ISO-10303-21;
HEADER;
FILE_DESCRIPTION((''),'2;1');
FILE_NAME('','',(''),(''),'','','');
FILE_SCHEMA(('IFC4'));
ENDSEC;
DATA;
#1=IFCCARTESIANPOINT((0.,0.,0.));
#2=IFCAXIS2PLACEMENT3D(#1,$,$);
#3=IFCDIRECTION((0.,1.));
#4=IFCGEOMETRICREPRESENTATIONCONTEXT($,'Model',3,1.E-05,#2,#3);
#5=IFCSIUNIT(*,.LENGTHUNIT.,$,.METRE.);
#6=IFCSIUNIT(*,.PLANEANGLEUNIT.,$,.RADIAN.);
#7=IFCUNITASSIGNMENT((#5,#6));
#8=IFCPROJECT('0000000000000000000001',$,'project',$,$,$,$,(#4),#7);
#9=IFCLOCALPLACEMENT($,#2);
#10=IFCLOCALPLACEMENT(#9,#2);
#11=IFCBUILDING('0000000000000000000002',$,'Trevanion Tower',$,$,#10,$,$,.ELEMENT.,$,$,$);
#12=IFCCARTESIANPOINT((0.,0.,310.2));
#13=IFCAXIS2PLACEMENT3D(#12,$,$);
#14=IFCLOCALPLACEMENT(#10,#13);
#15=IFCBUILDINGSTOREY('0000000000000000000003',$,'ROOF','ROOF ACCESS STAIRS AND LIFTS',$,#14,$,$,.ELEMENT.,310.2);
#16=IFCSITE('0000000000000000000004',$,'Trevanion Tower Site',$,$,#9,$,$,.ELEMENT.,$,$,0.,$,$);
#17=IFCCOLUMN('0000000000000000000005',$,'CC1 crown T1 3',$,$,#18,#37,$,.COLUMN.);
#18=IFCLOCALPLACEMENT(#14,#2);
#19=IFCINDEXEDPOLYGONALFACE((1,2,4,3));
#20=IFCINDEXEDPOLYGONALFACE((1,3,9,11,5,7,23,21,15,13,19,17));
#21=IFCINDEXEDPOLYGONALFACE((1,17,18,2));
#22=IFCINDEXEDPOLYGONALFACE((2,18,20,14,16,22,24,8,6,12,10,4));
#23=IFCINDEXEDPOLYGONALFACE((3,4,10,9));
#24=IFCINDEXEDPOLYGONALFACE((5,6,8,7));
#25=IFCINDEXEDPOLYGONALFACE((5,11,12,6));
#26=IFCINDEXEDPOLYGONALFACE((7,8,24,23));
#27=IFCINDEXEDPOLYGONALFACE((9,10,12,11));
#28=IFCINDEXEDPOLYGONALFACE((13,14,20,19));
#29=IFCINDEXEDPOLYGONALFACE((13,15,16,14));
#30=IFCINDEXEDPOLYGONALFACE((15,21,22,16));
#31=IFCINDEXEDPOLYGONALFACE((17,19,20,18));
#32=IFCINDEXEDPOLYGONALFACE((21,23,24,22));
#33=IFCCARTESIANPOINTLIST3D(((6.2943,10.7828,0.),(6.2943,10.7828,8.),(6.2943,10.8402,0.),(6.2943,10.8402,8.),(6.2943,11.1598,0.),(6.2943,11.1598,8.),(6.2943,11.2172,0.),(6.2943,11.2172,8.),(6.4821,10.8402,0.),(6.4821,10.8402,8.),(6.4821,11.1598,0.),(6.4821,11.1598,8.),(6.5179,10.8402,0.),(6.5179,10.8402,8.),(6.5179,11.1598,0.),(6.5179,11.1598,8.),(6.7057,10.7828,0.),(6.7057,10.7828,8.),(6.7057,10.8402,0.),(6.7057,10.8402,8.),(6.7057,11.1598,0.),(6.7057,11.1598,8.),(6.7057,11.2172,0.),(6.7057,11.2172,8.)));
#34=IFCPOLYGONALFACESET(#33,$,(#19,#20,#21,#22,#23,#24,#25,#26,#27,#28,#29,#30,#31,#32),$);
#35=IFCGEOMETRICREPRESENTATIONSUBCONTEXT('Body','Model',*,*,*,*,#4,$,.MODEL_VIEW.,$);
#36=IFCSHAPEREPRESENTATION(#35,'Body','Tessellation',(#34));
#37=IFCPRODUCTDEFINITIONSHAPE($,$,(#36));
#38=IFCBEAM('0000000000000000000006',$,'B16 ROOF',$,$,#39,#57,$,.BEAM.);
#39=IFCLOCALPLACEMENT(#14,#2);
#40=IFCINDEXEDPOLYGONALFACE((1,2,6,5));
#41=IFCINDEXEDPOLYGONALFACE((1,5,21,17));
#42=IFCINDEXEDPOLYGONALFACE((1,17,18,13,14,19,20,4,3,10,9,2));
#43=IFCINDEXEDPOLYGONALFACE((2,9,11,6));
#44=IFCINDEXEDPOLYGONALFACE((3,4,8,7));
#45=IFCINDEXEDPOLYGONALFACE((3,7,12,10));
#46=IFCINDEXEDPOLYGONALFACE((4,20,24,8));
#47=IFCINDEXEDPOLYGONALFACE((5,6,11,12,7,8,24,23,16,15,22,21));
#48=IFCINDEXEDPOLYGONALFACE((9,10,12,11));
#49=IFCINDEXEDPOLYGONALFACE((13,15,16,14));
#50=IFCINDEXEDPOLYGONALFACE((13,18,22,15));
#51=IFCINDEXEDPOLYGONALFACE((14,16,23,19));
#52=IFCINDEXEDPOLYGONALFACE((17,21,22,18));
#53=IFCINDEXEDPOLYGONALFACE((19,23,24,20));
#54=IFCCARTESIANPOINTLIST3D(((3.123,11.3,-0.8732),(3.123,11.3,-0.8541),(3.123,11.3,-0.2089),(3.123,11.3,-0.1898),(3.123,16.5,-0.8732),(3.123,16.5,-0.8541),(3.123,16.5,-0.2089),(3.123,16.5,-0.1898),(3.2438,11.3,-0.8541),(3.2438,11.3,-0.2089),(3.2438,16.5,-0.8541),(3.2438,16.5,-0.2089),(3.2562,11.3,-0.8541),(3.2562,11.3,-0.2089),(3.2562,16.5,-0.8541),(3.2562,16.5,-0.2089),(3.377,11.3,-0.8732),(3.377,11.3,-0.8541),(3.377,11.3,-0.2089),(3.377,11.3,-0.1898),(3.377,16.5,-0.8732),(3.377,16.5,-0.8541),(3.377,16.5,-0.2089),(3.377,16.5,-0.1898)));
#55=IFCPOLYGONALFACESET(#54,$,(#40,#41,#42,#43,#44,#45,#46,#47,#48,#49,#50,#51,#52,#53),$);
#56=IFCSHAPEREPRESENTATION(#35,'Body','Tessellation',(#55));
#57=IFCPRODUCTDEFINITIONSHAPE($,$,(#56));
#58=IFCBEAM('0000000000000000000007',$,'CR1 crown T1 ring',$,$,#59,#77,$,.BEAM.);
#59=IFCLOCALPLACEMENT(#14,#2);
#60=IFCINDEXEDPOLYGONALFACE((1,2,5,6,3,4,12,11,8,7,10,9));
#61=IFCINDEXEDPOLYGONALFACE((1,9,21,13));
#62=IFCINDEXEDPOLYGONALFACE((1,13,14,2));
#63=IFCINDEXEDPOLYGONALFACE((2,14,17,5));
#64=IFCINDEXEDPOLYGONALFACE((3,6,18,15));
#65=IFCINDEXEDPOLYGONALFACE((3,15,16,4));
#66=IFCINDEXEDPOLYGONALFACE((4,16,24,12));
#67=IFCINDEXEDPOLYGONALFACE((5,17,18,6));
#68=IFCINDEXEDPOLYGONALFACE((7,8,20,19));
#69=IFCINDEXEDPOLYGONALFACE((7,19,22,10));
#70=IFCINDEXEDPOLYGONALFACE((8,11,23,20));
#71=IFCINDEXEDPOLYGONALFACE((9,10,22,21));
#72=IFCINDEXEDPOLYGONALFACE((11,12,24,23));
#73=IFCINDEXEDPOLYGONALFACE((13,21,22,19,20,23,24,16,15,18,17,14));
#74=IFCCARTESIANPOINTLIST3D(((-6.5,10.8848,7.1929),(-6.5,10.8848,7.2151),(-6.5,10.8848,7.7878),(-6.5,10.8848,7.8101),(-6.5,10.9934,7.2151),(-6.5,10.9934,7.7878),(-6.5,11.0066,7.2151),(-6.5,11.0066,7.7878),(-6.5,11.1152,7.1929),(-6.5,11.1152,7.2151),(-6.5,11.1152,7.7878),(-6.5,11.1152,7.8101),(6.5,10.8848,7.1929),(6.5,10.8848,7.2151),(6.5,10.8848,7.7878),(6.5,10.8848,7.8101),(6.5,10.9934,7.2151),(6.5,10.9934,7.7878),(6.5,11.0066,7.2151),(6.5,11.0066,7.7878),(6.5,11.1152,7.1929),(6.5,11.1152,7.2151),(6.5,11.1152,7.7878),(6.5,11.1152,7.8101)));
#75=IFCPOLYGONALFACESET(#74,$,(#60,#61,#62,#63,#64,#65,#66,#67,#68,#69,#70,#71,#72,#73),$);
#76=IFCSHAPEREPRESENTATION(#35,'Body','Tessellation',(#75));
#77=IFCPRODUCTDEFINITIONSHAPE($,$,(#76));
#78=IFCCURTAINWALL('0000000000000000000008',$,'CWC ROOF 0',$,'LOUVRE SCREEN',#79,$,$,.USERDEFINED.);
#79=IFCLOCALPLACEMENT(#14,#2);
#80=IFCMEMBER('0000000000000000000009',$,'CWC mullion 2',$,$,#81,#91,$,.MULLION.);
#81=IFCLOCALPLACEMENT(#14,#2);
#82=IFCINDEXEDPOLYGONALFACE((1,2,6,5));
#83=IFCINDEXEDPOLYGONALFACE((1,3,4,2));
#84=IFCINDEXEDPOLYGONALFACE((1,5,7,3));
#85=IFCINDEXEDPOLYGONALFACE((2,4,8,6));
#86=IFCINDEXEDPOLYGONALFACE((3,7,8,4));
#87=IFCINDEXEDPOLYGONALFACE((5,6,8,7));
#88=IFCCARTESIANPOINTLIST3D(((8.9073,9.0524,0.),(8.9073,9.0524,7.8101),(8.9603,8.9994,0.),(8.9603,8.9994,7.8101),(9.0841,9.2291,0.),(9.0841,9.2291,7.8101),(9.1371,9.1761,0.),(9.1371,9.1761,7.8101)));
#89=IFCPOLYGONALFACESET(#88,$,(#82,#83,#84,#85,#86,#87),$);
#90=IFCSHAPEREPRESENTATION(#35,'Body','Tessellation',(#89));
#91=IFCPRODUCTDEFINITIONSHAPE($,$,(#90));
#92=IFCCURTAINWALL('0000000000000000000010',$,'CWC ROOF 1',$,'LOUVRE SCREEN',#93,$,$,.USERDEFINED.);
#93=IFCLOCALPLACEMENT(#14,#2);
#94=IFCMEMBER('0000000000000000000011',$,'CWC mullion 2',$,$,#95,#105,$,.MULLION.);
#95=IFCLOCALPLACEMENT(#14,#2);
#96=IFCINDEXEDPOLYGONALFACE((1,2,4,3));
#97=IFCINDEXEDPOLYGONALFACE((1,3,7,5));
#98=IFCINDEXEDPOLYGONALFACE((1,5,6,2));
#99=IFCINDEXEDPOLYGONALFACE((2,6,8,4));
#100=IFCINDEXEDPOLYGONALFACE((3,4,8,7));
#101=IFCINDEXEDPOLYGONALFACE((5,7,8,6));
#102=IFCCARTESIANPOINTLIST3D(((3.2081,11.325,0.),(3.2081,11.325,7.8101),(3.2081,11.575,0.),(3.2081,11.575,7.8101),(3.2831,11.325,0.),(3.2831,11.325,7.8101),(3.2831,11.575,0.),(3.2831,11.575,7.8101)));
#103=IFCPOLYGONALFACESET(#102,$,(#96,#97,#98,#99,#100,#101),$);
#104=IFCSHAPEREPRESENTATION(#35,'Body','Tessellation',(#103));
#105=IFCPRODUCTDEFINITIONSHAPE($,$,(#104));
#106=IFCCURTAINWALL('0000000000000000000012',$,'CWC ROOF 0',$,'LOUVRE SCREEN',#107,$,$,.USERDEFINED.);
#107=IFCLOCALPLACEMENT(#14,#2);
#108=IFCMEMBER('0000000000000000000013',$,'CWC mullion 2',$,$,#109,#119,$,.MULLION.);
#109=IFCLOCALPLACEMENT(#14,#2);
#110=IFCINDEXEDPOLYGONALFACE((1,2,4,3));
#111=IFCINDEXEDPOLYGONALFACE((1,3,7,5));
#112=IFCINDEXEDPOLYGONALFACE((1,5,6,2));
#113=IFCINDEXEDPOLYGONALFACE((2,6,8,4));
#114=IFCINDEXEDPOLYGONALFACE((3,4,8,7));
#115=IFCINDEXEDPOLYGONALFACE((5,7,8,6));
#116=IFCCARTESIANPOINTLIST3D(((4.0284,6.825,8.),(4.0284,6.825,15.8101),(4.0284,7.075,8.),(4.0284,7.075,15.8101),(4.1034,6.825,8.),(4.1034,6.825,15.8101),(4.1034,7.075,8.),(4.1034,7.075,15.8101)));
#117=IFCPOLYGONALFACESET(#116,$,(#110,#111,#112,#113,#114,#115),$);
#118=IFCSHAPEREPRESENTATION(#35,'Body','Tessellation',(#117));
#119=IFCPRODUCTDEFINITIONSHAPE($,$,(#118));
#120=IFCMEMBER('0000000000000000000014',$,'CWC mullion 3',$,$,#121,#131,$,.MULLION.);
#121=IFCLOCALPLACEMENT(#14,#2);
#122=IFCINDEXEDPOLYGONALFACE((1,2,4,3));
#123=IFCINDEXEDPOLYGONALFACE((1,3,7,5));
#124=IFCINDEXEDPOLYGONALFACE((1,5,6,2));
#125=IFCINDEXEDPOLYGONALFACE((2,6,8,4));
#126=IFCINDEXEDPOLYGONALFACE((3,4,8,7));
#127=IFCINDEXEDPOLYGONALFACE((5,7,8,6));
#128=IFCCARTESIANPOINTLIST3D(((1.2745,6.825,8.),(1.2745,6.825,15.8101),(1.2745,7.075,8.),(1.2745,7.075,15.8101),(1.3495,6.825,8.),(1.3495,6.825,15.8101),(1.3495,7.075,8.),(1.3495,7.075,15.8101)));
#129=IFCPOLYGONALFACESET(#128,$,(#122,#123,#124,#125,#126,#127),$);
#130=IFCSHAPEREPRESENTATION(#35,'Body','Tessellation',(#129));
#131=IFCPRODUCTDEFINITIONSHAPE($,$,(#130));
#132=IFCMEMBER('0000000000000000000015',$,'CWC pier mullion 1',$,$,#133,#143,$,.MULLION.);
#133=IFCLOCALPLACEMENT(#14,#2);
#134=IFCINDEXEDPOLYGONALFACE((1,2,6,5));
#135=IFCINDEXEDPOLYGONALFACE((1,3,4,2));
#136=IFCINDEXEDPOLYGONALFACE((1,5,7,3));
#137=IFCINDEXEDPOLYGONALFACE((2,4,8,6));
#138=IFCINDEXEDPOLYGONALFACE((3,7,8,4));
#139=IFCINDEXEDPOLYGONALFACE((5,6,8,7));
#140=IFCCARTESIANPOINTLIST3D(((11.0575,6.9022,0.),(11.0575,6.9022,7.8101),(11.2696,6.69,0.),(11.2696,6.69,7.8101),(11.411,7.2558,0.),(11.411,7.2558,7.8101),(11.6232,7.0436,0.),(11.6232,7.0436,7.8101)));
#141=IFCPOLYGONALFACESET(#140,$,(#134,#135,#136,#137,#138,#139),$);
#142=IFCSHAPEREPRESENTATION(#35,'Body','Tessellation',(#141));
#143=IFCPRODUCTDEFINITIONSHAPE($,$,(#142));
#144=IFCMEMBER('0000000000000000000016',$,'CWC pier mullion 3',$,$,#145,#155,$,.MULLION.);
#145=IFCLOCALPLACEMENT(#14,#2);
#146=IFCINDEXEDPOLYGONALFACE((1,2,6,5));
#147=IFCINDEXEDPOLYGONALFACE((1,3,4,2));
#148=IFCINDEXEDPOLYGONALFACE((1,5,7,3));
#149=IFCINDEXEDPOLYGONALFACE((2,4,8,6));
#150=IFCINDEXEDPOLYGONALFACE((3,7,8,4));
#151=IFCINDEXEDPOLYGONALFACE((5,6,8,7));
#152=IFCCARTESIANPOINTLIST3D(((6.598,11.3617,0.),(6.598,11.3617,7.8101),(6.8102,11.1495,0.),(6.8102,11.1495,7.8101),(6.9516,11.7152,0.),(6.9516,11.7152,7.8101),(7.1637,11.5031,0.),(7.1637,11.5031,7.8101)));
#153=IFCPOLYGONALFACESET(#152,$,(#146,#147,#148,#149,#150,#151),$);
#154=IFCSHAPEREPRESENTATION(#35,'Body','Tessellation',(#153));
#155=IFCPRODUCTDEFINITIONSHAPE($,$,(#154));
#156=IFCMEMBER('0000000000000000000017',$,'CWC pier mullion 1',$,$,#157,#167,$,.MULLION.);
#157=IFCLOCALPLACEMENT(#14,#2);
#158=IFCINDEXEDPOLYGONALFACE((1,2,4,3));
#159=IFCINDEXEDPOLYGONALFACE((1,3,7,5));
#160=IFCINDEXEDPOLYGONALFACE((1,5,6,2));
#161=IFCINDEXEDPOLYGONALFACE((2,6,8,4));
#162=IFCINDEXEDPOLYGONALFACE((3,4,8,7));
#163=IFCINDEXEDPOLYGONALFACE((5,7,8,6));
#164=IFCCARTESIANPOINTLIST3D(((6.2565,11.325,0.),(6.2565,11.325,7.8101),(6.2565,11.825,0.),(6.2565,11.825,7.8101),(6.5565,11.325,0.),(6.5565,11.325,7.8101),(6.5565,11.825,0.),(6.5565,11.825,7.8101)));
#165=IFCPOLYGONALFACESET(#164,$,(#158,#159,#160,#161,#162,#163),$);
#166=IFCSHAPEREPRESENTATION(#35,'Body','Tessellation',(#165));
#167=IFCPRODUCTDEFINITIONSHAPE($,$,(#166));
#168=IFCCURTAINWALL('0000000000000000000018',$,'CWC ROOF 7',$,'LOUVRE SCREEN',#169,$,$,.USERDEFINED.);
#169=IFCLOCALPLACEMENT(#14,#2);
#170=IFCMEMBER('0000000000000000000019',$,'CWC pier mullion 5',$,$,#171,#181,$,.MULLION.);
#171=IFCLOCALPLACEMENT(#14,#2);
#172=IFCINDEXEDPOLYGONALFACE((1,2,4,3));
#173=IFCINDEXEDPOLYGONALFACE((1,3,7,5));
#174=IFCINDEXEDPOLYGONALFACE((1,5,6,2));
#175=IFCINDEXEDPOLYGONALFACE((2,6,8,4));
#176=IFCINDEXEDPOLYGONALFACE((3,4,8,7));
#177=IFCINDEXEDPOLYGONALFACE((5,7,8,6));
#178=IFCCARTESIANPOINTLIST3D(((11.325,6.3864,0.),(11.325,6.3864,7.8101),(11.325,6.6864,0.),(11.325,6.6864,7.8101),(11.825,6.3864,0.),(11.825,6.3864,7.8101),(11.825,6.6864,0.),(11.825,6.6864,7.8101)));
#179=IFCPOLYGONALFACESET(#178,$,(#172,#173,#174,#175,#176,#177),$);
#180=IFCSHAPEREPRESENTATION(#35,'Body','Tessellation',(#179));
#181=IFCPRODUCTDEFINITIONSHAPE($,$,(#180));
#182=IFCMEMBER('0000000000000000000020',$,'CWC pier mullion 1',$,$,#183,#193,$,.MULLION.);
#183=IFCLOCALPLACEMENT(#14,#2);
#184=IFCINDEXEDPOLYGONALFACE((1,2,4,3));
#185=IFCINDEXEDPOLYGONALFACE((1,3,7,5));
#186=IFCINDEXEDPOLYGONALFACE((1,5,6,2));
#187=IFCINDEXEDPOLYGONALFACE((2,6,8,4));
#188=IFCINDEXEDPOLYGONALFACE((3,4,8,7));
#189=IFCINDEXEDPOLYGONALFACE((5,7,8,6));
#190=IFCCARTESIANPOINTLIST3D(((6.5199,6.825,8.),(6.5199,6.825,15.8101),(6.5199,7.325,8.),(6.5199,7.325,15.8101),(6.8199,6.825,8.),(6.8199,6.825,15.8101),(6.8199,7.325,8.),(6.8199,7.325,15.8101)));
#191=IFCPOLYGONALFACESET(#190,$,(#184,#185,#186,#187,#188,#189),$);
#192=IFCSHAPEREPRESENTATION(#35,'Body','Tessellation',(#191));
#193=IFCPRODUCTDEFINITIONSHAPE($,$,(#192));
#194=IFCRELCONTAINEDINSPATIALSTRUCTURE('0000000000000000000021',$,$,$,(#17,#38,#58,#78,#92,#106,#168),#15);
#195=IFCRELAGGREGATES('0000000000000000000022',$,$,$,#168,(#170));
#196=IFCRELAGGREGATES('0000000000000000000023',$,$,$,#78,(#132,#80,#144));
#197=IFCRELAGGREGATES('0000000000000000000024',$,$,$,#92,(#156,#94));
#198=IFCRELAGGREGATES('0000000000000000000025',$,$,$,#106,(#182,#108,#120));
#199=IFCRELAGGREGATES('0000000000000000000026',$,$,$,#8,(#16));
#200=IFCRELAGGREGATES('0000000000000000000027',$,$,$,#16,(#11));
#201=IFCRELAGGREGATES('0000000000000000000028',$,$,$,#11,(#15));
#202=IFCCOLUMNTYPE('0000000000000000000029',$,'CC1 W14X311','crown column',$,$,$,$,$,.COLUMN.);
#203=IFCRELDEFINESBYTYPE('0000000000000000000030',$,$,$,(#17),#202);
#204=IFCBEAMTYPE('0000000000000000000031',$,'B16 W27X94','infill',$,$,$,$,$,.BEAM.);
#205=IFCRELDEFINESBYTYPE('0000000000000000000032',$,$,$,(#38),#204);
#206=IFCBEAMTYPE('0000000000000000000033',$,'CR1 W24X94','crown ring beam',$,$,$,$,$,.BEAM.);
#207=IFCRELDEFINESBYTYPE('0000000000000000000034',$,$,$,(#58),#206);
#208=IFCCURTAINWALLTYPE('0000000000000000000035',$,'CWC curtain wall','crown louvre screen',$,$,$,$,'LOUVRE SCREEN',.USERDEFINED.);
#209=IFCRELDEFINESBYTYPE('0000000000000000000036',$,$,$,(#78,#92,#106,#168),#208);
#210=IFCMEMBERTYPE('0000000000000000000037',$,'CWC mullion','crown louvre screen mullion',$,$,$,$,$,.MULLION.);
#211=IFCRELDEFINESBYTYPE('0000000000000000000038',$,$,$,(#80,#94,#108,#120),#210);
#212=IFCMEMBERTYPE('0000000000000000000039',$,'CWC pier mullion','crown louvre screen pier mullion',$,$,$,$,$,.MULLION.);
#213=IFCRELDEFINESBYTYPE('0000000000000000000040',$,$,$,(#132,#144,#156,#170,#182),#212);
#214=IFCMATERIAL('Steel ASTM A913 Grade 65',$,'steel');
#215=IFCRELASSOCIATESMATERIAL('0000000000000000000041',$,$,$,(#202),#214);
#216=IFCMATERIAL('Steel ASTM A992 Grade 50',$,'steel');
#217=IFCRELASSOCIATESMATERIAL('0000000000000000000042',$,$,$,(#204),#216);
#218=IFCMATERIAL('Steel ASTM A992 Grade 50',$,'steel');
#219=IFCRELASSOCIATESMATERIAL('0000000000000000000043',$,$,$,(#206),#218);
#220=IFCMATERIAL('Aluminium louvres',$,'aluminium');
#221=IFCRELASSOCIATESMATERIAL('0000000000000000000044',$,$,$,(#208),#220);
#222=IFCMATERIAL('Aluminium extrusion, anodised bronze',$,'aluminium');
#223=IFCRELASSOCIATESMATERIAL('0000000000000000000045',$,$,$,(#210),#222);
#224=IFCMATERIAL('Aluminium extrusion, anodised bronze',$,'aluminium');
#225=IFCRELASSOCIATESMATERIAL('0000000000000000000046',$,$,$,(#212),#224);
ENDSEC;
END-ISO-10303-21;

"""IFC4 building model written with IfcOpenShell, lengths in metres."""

from ifc_helpers import new_model, si_unit, direction, frame, origin, origin_2d, place, context, subcontext, project, spatial, rectangle, i_section, extrude, material, material_profile, profile_set, type_object, element, aggregate, save


model = new_model("IFC4")

# Units and contexts
model_context = context("Model", 3, precision=1e-05, world=origin(), true_north=direction((0.0, 1.0)))
body_context = subcontext(model_context, "Body", "Model", "MODEL_VIEW")
ifc_project = project(units=[si_unit("LENGTHUNIT", "METRE"), si_unit("PLANEANGLEUNIT", "RADIAN")], contexts=[model_context])

# Site, building, storey
site_placement = place(None, origin())
site = spatial("IfcSite", under=ifc_project, at=site_placement, Name="Trevanion Tower Site", CompositionType="ELEMENT", RefElevation=0.0)
building_placement = place(site_placement, origin())
building = spatial("IfcBuilding", under=site, at=building_placement, Name="Trevanion Tower", CompositionType="ELEMENT")
storey_placement = place(building_placement, frame((0.0, 0.0, 310.2)))
storey = spatial("IfcBuildingStorey", under=building, at=storey_placement, Name="ROOF", Description="ROOF ACCESS STAIRS AND LIFTS", CompositionType="ELEMENT", Elevation=310.2)

# Column
ifc_material_1 = material(Name="Steel ASTM A913 Grade 65", Category="steel")
ifc_material_profile_1 = material_profile(ifc_material_1, i_section(OverallWidth=0.4114, OverallDepth=0.4343, WebThickness=0.0359, FlangeThickness=0.0574, at=origin_2d()), Name="W14X311")
ifc_profile_set_1 = profile_set([ifc_material_profile_1], Name="Steel ASTM A913 Grade 65")
column_type = type_object("IfcColumnType", Name="CC1 W14X311", Description="crown column", PredefinedType="COLUMN", material=ifc_profile_set_1)
column_placement = place(storey_placement, frame((6.5, 11.0, 0.0), z_axis=(0.0, 0.0, 1.0), x_axis=(1.0, 0.0, 0.0)))
element("IfcColumn", 1, at=column_placement, inside=storey, type_object=column_type, Name="CC1 crown T1 3", PredefinedType="COLUMN", context=body_context, shape_type="SweptSolid", body=[
    extrude(i_section(OverallWidth=0.4114, OverallDepth=0.4343, WebThickness=0.0359, FlangeThickness=0.0574, at=origin_2d()), origin(), (0.0, 0.0, 1.0), 8.0),
])

# Beams
ifc_material_2 = material(Name="Steel ASTM A992 Grade 50", Category="steel")
ifc_material_profile_2 = material_profile(ifc_material_2, i_section(OverallWidth=0.2539, OverallDepth=0.6833, WebThickness=0.0125, FlangeThickness=0.019, at=origin_2d()), Name="W27X94")
ifc_profile_set_2 = profile_set([ifc_material_profile_2], Name="Steel ASTM A992 Grade 50")
beam_type_1 = type_object("IfcBeamType", Name="B16 W27X94", Description="infill", PredefinedType="BEAM", material=ifc_profile_set_2)
beam_1_placement = place(storey_placement, frame((3.25, 11.3, -0.5315), z_axis=(0.0, 1.0, 0.0), x_axis=(-1.0, 0.0, 0.0)))
element("IfcBeam", 2, at=beam_1_placement, inside=storey, type_object=beam_type_1, Name="B16 ROOF", PredefinedType="BEAM", context=body_context, shape_type="SweptSolid", body=[
    extrude(i_section(OverallWidth=0.2539, OverallDepth=0.6833, WebThickness=0.0125, FlangeThickness=0.019, at=origin_2d()), origin(), (0.0, 0.0, 1.0), 5.2),
])
ifc_material_3 = material(Name="Steel ASTM A992 Grade 50", Category="steel")
ifc_material_profile_3 = material_profile(ifc_material_3, i_section(OverallWidth=0.2305, OverallDepth=0.6172, WebThickness=0.0132, FlangeThickness=0.0222, at=origin_2d()), Name="W24X94")
ifc_profile_set_3 = profile_set([ifc_material_profile_3], Name="Steel ASTM A992 Grade 50")
beam_type_2 = type_object("IfcBeamType", Name="CR1 W24X94", Description="crown ring beam", PredefinedType="BEAM", material=ifc_profile_set_3)
beam_2_placement = place(storey_placement, frame((6.5, 11.0, 7.5015), z_axis=(-1.0, 0.0, 0.0), x_axis=(0.0, -1.0, 0.0)))
element("IfcBeam", 3, at=beam_2_placement, inside=storey, type_object=beam_type_2, Name="CR1 crown T1 ring", PredefinedType="BEAM", context=body_context, shape_type="SweptSolid", body=[
    extrude(i_section(OverallWidth=0.2305, OverallDepth=0.6172, WebThickness=0.0132, FlangeThickness=0.0222, at=origin_2d()), origin(), (0.0, 0.0, 1.0), 13.0),
])

# Curtain walls, members
ifc_material_4 = material(Name="Aluminium louvres", Category="aluminium")
curtain_wall_type = type_object("IfcCurtainWallType", Name="CWC curtain wall", Description="crown louvre screen", ElementType="LOUVRE SCREEN", PredefinedType="USERDEFINED", material=ifc_material_4)
curtain_wall_1_placement = place(storey_placement, origin())
curtain_wall_1 = element("IfcCurtainWall", 4, at=curtain_wall_1_placement, inside=storey, type_object=curtain_wall_type, Name="CWC ROOF 0", ObjectType="LOUVRE SCREEN", PredefinedType="USERDEFINED")
ifc_material_5 = material(Name="Aluminium extrusion, anodised bronze", Category="aluminium")
ifc_material_profile_4 = material_profile(ifc_material_5, rectangle(XDim=0.075, YDim=0.25, at=origin_2d()), Name="CWC mullion")
ifc_profile_set_4 = profile_set([ifc_material_profile_4], Name="Aluminium extrusion, anodised bronze")
member_type_1 = type_object("IfcMemberType", Name="CWC mullion", Description="crown louvre screen mullion", PredefinedType="MULLION", material=ifc_profile_set_4)
member_1_placement = place(storey_placement, frame((9.0222, 9.1143, 0.0), z_axis=(0.0, 0.0, 1.0), x_axis=(-0.707107, 0.707107, 0.0)))
member_1 = element("IfcMember", 5, at=member_1_placement, type_object=member_type_1, Name="CWC mullion 2", PredefinedType="MULLION", context=body_context, shape_type="SweptSolid", body=[
    extrude(rectangle(XDim=0.075, YDim=0.25, at=origin_2d()), origin(), (0.0, 0.0, 1.0), 7.8101),
])
curtain_wall_2_placement = place(storey_placement, origin())
curtain_wall_2 = element("IfcCurtainWall", 6, at=curtain_wall_2_placement, inside=storey, type_object=curtain_wall_type, Name="CWC ROOF 1", ObjectType="LOUVRE SCREEN", PredefinedType="USERDEFINED")
member_2_placement = place(storey_placement, frame((3.2456, 11.45, 0.0), z_axis=(0.0, 0.0, 1.0), x_axis=(-1.0, 0.0, 0.0)))
member_2 = element("IfcMember", 7, at=member_2_placement, type_object=member_type_1, Name="CWC mullion 2", PredefinedType="MULLION", context=body_context, shape_type="SweptSolid", body=[
    extrude(rectangle(XDim=0.075, YDim=0.25, at=origin_2d()), origin(), (0.0, 0.0, 1.0), 7.8101),
])

# Curtain wall, members
curtain_wall_3_placement = place(storey_placement, origin())
curtain_wall_3 = element("IfcCurtainWall", 8, at=curtain_wall_3_placement, inside=storey, type_object=curtain_wall_type, Name="CWC ROOF 0", ObjectType="LOUVRE SCREEN", PredefinedType="USERDEFINED")
member_3_placement = place(storey_placement, frame((4.0659, 6.95, 8.0), z_axis=(0.0, 0.0, 1.0), x_axis=(-1.0, 0.0, 0.0)))
member_3 = element("IfcMember", 9, at=member_3_placement, type_object=member_type_1, Name="CWC mullion 2", PredefinedType="MULLION", context=body_context, shape_type="SweptSolid", body=[
    extrude(rectangle(XDim=0.075, YDim=0.25, at=origin_2d()), origin(), (0.0, 0.0, 1.0), 7.8101),
])
member_4_placement = place(storey_placement, frame((1.312, 6.95, 8.0), z_axis=(0.0, 0.0, 1.0), x_axis=(-1.0, 0.0, 0.0)))
member_4 = element("IfcMember", 10, at=member_4_placement, type_object=member_type_1, Name="CWC mullion 3", PredefinedType="MULLION", context=body_context, shape_type="SweptSolid", body=[
    extrude(rectangle(XDim=0.075, YDim=0.25, at=origin_2d()), origin(), (0.0, 0.0, 1.0), 7.8101),
])

# Members
ifc_material_6 = material(Name="Aluminium extrusion, anodised bronze", Category="aluminium")
ifc_material_profile_5 = material_profile(ifc_material_6, rectangle(XDim=0.3, YDim=0.5, at=origin_2d()), Name="CWC pier mullion")
ifc_profile_set_5 = profile_set([ifc_material_profile_5], Name="Aluminium extrusion, anodised bronze")
member_type_2 = type_object("IfcMemberType", Name="CWC pier mullion", Description="crown louvre screen pier mullion", PredefinedType="MULLION", material=ifc_profile_set_5)
member_5_placement = place(storey_placement, frame((11.3403, 6.9729, 0.0), z_axis=(0.0, 0.0, 1.0), x_axis=(-0.707107, 0.707107, 0.0)))
member_5 = element("IfcMember", 11, at=member_5_placement, type_object=member_type_2, Name="CWC pier mullion 1", PredefinedType="MULLION", context=body_context, shape_type="SweptSolid", body=[
    extrude(rectangle(XDim=0.3, YDim=0.5, at=origin_2d()), origin(), (0.0, 0.0, 1.0), 7.8101),
])
member_6_placement = place(storey_placement, frame((6.8809, 11.4324, 0.0), z_axis=(0.0, 0.0, 1.0), x_axis=(-0.707107, 0.707107, 0.0)))
member_6 = element("IfcMember", 12, at=member_6_placement, type_object=member_type_2, Name="CWC pier mullion 3", PredefinedType="MULLION", context=body_context, shape_type="SweptSolid", body=[
    extrude(rectangle(XDim=0.3, YDim=0.5, at=origin_2d()), origin(), (0.0, 0.0, 1.0), 7.8101),
])
member_7_placement = place(storey_placement, frame((6.4065, 11.575, 0.0), z_axis=(0.0, 0.0, 1.0), x_axis=(-1.0, 0.0, 0.0)))
member_7 = element("IfcMember", 13, at=member_7_placement, type_object=member_type_2, Name="CWC pier mullion 1", PredefinedType="MULLION", context=body_context, shape_type="SweptSolid", body=[
    extrude(rectangle(XDim=0.3, YDim=0.5, at=origin_2d()), origin(), (0.0, 0.0, 1.0), 7.8101),
])

# Curtain wall, member
curtain_wall_4_placement = place(storey_placement, origin())
curtain_wall_4 = element("IfcCurtainWall", 14, at=curtain_wall_4_placement, inside=storey, type_object=curtain_wall_type, Name="CWC ROOF 7", ObjectType="LOUVRE SCREEN", PredefinedType="USERDEFINED")
member_8_placement = place(storey_placement, frame((11.575, 6.5364, 0.0), z_axis=(0.0, 0.0, 1.0), x_axis=(0.0, 1.0, 0.0)))
member_8 = element("IfcMember", 15, at=member_8_placement, type_object=member_type_2, Name="CWC pier mullion 5", PredefinedType="MULLION", context=body_context, shape_type="SweptSolid", body=[
    extrude(rectangle(XDim=0.3, YDim=0.5, at=origin_2d()), origin(), (0.0, 0.0, 1.0), 7.8101),
])
aggregate(curtain_wall_4, [member_8])

# Member
member_9_placement = place(storey_placement, frame((6.6699, 7.075, 8.0), z_axis=(0.0, 0.0, 1.0), x_axis=(-1.0, 0.0, 0.0)))
member_9 = element("IfcMember", 16, at=member_9_placement, type_object=member_type_2, Name="CWC pier mullion 1", PredefinedType="MULLION", context=body_context, shape_type="SweptSolid", body=[
    extrude(rectangle(XDim=0.3, YDim=0.5, at=origin_2d()), origin(), (0.0, 0.0, 1.0), 7.8101),
])

aggregate(curtain_wall_1, [member_5, member_1, member_6])
aggregate(curtain_wall_2, [member_7, member_2])
aggregate(curtain_wall_3, [member_9, member_3, member_4])

save(model, "model.ifc")
